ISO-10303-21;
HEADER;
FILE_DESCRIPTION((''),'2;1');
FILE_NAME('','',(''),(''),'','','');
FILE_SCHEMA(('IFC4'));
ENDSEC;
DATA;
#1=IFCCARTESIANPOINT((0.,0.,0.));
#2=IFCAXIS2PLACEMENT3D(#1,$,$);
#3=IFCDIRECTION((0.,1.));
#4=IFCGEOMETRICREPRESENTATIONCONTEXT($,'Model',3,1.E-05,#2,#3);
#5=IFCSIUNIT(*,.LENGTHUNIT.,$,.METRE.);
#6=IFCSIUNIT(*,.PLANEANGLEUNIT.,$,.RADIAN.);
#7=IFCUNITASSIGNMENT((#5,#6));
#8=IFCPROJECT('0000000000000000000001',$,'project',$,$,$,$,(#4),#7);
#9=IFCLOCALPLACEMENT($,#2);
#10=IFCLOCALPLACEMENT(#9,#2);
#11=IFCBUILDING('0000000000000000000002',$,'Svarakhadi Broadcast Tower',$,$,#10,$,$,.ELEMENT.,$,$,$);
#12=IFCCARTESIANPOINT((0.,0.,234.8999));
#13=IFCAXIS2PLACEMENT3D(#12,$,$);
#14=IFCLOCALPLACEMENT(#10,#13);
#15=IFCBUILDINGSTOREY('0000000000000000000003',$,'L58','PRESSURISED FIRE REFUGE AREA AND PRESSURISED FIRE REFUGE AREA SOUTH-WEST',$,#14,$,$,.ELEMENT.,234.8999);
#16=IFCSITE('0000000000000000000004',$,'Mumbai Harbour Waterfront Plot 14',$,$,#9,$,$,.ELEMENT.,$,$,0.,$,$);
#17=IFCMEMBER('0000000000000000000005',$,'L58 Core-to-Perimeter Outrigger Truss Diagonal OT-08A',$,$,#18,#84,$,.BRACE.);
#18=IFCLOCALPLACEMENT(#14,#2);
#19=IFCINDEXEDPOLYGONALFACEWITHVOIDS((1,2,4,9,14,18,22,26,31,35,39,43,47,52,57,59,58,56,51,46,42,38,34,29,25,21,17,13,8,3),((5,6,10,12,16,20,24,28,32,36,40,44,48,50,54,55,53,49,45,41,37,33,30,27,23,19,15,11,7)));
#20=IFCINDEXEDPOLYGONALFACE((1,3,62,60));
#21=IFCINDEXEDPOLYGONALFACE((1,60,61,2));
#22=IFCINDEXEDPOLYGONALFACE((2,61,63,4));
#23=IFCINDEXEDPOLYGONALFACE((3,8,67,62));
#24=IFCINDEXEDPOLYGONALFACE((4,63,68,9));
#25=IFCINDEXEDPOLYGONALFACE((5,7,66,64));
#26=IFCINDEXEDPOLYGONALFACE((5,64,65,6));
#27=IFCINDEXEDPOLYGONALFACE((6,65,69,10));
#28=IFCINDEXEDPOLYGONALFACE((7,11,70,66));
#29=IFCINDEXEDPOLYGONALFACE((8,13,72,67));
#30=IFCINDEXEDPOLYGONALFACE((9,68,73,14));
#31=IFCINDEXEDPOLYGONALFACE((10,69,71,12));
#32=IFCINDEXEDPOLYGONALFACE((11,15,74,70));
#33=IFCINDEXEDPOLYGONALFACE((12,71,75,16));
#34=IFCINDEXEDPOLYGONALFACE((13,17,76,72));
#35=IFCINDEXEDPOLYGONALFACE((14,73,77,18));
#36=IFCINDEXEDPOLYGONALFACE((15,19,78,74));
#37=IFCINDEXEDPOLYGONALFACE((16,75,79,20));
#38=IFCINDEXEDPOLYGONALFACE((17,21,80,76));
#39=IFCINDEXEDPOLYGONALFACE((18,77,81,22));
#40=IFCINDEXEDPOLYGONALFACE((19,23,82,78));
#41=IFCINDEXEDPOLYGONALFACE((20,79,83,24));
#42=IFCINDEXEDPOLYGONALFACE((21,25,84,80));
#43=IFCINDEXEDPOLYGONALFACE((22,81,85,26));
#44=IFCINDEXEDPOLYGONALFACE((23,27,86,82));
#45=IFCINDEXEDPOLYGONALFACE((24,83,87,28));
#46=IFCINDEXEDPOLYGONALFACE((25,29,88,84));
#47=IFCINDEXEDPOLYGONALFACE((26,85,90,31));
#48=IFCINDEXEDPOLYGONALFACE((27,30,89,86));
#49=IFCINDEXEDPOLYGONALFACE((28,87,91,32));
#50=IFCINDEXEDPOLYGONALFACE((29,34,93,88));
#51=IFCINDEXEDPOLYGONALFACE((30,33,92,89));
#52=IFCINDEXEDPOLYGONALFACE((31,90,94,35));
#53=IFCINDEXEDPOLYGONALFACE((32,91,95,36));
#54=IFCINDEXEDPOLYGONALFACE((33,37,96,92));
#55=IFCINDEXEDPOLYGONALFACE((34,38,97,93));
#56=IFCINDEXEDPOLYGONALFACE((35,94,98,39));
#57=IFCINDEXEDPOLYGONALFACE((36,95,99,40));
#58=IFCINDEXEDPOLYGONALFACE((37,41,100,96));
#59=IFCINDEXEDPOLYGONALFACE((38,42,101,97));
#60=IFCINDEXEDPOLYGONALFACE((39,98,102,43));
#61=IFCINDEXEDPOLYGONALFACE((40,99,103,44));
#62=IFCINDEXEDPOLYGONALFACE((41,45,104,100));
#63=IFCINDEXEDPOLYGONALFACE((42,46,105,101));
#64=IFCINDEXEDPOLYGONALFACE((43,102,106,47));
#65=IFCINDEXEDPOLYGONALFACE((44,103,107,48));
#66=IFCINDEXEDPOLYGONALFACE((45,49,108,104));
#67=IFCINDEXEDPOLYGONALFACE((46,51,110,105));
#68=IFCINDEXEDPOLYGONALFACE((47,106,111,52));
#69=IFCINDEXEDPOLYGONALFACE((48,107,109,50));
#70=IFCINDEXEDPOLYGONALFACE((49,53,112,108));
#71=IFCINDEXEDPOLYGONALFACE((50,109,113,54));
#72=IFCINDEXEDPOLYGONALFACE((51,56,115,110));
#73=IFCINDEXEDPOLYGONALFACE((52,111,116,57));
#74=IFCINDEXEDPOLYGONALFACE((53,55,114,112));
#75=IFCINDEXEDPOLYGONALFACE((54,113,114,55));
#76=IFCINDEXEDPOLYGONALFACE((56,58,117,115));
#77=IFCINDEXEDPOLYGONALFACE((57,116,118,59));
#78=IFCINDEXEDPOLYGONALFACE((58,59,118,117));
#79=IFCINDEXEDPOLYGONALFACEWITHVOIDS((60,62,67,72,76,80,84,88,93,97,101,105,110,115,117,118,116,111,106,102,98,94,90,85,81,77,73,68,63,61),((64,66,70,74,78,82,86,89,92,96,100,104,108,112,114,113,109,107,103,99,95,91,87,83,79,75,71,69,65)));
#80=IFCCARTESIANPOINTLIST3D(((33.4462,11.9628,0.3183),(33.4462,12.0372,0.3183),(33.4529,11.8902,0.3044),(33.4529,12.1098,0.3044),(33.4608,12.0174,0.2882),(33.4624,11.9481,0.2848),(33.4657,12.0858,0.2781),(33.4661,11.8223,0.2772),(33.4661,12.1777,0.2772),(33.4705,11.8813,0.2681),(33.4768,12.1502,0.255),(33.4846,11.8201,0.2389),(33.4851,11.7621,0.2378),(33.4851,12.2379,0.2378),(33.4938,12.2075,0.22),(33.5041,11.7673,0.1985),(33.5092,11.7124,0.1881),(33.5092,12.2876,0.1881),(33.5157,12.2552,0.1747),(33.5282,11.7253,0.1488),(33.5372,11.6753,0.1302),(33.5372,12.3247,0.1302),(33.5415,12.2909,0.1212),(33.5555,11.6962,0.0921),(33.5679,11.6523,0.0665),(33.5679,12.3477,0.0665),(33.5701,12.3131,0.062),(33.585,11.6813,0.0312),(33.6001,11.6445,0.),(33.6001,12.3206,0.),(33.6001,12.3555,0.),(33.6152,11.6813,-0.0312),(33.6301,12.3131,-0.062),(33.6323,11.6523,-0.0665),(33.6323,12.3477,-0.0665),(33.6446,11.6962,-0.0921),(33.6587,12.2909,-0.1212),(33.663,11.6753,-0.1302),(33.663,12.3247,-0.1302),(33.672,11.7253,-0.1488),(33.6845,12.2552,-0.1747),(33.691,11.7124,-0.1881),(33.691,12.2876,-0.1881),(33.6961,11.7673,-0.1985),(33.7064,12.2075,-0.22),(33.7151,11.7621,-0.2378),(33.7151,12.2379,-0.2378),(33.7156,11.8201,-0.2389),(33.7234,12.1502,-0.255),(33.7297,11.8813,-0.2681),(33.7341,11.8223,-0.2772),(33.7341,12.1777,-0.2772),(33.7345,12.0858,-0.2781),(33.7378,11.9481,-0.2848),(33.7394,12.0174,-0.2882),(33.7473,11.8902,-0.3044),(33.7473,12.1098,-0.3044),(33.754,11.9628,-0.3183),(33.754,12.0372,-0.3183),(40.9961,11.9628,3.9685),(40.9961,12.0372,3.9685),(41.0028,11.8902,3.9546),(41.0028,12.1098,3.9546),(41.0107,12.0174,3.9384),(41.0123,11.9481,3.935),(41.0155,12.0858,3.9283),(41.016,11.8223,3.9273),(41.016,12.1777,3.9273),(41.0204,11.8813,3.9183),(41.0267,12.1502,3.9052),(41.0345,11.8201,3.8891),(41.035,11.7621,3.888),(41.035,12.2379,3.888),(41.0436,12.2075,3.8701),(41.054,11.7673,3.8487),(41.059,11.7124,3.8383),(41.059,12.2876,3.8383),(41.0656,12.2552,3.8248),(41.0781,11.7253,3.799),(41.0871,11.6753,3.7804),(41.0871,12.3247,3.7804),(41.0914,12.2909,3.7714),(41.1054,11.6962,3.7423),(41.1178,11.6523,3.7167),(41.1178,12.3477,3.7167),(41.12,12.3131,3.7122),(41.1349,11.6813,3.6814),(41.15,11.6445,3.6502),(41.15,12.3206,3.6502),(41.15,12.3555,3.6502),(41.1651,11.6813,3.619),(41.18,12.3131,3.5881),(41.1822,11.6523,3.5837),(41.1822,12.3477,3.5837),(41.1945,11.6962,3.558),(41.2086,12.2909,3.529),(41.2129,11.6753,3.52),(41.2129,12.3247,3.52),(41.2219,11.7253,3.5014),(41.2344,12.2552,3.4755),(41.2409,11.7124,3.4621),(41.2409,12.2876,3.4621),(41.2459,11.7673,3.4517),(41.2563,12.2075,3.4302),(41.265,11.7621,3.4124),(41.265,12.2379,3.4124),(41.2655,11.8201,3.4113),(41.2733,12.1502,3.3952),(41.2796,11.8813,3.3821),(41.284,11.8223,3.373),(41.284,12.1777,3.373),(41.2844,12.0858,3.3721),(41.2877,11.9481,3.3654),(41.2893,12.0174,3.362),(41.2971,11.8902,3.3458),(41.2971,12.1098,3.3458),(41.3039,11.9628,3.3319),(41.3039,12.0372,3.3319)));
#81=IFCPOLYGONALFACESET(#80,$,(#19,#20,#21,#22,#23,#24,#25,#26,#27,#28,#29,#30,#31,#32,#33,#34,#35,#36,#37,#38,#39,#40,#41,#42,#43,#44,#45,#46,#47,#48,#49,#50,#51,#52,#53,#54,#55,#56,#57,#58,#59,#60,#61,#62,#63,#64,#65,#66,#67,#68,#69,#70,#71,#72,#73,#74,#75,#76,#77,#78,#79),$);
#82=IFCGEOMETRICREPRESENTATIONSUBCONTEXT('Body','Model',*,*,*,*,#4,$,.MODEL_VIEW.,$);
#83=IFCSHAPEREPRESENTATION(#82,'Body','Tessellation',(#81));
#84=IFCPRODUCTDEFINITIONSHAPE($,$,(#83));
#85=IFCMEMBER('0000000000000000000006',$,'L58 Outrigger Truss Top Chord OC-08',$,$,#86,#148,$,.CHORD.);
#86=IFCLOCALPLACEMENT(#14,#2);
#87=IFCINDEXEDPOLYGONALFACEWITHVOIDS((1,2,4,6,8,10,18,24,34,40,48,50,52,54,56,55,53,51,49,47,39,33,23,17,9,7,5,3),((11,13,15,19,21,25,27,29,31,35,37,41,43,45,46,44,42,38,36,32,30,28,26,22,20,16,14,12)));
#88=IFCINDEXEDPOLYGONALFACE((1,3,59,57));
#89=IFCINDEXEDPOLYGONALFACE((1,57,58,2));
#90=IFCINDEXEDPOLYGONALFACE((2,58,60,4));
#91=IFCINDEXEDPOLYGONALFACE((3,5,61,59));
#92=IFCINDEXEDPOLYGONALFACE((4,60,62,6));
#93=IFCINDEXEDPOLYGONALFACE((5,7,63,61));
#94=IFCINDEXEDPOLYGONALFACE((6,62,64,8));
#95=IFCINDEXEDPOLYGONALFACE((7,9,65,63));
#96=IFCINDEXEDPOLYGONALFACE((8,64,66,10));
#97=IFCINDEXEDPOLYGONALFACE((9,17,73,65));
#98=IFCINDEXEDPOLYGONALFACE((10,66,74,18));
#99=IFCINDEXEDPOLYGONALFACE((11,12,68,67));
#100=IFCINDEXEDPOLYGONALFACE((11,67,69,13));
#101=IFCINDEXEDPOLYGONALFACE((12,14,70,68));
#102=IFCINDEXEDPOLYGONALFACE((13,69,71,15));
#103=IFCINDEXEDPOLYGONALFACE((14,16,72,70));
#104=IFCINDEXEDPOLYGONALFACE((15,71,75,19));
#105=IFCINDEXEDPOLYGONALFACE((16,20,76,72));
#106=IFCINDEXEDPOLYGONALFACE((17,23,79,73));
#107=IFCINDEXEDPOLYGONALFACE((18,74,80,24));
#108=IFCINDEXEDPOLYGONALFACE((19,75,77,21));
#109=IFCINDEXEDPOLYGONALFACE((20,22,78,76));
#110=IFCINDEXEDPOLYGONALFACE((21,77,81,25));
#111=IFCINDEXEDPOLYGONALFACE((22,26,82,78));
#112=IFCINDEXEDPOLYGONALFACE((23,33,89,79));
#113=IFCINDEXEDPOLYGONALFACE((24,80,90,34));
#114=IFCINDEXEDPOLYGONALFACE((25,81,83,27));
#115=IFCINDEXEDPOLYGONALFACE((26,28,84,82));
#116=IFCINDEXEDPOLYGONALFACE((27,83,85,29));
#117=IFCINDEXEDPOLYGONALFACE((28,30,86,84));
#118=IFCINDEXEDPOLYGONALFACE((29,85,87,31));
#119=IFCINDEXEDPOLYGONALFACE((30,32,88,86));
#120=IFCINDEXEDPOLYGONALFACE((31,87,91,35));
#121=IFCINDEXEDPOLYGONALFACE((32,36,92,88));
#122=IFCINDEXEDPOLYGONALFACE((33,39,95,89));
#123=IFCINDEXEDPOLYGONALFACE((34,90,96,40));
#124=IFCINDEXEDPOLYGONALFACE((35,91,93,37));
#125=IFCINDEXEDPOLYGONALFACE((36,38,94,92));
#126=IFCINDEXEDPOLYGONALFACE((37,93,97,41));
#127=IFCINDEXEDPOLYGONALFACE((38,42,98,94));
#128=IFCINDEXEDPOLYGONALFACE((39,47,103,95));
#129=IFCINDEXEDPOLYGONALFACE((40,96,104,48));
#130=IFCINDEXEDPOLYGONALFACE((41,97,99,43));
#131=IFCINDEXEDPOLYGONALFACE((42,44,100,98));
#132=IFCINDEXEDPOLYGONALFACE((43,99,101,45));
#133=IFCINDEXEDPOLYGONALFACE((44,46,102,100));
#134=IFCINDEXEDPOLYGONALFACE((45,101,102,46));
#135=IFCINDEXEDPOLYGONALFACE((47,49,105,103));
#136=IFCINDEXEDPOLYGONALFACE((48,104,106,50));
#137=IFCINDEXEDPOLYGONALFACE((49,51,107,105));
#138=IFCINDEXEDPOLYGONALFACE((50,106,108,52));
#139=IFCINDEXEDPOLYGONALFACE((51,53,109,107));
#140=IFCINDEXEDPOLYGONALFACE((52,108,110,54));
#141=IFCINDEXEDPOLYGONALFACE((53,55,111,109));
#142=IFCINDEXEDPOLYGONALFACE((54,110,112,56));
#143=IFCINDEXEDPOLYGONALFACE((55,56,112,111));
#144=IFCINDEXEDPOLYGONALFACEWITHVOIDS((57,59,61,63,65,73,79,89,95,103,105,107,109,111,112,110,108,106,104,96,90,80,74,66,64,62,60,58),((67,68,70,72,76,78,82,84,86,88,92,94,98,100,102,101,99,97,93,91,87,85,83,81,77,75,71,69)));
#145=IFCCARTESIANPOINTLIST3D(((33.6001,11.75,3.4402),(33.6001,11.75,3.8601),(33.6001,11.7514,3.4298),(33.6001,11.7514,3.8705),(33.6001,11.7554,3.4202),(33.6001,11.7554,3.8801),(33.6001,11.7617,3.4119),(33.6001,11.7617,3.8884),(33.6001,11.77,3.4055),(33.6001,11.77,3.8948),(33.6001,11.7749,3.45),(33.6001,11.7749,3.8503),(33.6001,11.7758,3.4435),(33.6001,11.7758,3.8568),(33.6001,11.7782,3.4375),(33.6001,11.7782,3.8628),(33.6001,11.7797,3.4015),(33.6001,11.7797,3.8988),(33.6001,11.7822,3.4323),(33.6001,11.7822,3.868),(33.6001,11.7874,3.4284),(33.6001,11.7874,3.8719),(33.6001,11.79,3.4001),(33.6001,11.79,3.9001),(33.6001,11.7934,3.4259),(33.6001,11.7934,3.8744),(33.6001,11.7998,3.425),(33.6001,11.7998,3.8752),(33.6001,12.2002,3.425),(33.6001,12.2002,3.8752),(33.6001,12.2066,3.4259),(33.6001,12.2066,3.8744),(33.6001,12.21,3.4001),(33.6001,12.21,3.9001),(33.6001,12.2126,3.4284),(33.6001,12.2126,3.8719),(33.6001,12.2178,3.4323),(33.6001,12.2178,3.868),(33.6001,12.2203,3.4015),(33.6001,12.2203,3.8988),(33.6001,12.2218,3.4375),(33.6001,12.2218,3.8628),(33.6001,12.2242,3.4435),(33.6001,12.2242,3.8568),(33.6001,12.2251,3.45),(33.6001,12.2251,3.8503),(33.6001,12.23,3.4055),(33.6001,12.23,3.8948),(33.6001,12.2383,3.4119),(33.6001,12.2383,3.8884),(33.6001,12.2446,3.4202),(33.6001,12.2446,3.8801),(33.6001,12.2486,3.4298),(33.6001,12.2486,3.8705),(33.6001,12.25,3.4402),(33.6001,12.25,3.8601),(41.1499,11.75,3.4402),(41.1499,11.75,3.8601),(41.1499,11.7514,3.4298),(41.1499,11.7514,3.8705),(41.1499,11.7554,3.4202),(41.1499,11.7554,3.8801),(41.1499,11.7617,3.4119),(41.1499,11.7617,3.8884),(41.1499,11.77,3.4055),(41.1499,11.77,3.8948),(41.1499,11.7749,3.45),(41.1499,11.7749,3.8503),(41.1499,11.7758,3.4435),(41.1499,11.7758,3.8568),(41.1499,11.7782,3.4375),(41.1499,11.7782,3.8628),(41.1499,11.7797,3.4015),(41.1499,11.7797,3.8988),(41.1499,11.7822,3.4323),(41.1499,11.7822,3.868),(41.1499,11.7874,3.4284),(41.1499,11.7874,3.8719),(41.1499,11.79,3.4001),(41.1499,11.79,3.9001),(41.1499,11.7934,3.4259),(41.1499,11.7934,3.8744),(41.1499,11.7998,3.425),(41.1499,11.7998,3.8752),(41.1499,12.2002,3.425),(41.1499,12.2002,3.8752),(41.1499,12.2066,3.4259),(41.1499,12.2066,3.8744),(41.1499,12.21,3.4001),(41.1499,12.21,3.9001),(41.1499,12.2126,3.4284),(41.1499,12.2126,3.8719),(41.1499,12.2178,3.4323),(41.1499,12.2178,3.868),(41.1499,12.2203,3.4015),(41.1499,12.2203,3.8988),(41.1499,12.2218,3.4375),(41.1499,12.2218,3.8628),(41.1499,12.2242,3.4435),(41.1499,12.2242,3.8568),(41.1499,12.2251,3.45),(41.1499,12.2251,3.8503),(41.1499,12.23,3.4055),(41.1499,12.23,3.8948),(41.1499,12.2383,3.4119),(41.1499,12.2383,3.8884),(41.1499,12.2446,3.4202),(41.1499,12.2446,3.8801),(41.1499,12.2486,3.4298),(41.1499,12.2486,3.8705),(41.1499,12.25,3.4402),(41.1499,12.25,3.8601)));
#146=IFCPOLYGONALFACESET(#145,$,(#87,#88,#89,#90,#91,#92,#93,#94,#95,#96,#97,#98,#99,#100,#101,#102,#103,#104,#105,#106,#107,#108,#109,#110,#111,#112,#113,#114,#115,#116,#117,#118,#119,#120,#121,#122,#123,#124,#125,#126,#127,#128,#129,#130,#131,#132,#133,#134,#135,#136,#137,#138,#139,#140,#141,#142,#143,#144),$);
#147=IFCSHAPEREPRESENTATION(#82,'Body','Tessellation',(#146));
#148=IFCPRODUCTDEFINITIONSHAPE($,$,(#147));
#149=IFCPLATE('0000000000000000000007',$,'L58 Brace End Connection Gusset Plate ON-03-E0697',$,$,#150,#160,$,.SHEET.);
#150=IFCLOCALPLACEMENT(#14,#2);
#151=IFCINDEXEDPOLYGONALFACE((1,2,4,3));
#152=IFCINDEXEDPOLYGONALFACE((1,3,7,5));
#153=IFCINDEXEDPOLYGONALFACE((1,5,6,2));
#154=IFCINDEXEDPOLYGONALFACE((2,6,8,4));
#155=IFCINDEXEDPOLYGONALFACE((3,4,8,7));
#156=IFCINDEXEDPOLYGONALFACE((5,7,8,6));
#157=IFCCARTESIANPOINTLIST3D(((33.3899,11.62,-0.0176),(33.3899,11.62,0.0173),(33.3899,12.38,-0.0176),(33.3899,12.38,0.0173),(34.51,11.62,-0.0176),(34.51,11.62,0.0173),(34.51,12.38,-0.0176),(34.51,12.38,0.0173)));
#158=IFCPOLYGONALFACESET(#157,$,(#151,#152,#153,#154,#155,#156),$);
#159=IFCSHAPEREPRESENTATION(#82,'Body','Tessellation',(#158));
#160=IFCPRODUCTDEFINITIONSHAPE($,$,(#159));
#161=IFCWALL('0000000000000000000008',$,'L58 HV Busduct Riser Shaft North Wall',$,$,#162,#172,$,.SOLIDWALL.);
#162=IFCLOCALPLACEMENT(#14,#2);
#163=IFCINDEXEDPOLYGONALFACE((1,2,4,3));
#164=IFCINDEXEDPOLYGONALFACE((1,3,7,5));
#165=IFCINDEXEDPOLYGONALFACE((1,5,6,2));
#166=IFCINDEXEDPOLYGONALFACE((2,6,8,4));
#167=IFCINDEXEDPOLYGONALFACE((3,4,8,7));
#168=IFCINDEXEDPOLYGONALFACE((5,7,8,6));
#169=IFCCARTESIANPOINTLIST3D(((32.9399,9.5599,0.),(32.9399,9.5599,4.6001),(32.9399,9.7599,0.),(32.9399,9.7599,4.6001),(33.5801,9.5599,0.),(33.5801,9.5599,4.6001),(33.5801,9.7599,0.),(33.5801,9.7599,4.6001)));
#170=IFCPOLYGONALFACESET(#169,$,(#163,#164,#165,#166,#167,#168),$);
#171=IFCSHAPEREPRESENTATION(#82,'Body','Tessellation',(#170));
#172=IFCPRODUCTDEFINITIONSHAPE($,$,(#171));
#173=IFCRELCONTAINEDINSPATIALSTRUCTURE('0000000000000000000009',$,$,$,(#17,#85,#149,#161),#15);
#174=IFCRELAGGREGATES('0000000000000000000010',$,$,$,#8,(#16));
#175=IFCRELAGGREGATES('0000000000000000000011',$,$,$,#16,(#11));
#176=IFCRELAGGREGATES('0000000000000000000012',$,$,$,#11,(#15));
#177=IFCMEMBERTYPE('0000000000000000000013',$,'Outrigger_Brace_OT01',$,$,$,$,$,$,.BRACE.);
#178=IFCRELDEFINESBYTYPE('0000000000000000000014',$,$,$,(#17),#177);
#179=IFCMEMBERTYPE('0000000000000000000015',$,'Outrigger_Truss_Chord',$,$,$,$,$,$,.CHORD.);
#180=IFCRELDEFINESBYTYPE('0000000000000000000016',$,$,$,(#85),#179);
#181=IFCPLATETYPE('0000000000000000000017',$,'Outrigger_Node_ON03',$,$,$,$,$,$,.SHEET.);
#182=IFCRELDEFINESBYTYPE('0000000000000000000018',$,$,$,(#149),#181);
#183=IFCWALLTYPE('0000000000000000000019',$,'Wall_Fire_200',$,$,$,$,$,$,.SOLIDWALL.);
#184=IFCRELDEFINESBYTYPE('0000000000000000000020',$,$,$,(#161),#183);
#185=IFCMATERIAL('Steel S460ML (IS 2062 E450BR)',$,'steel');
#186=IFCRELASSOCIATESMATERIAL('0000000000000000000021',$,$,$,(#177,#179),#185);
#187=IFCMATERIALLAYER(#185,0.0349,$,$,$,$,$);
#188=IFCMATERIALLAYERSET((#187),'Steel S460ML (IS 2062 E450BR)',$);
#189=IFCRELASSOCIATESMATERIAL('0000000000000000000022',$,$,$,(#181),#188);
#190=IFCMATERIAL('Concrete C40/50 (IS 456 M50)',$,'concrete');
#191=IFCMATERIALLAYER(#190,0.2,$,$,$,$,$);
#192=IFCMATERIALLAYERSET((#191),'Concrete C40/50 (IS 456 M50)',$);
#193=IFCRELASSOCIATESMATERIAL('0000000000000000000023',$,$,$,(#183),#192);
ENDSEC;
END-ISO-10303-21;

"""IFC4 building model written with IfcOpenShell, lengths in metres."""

from ifc_helpers import new_model, si_unit, direction, frame, frame_2d, origin, origin_2d, place, context, subcontext, project, spatial, rectangle, hollow_rectangle, hollow_circle, extrude, material, layer, layer_set, material_profile, profile_set, type_object, element, save


model = new_model("IFC4")

# Units and contexts
model_context = context("Model", 3, precision=1e-05, world=origin(), true_north=direction((0.0, 1.0)))
body_context = subcontext(model_context, "Body", "Model", "MODEL_VIEW")
ifc_project = project(units=[si_unit("LENGTHUNIT", "METRE"), si_unit("PLANEANGLEUNIT", "RADIAN")], contexts=[model_context])

# Site, building, storey
site_placement = place(None, origin())
site = spatial("IfcSite", under=ifc_project, at=site_placement, Name="Mumbai Harbour Waterfront Plot 14", CompositionType="ELEMENT", RefElevation=0.0)
building_placement = place(site_placement, origin())
building = spatial("IfcBuilding", under=site, at=building_placement, Name="Svarakhadi Broadcast Tower", CompositionType="ELEMENT")
storey_placement = place(building_placement, frame((0.0, 0.0, 234.8999)))
storey = spatial("IfcBuildingStorey", under=building, at=storey_placement, Name="L58", Description="PRESSURISED FIRE REFUGE AREA AND PRESSURISED FIRE REFUGE AREA SOUTH-WEST", CompositionType="ELEMENT", Elevation=234.8999)

# Shared definitions
ifc_material_1 = material(Name="Steel S460ML (IS 2062 E450BR)", Category="steel")

# Members
ifc_material_profile_1 = material_profile(ifc_material_1, hollow_circle(Radius=0.3555, WallThickness=0.0349, at=origin_2d()), Name="CHS 711x35")
ifc_profile_set_1 = profile_set([ifc_material_profile_1], Name="Steel S460ML (IS 2062 E450BR)")
member_type_1 = type_object("IfcMemberType", Name="Outrigger_Brace_OT01", PredefinedType="BRACE", material=ifc_profile_set_1)
member_1_placement = place(storey_placement, frame((33.6001, 12.0, 0.0), z_axis=(0.900299, 0.0, 0.435272), x_axis=(0.0, 1.0, 0.0)))
element("IfcMember", 1, at=member_1_placement, inside=storey, type_object=member_type_1, Name="L58 Core-to-Perimeter Outrigger Truss Diagonal OT-08A", PredefinedType="BRACE", context=body_context, shape_type="SweptSolid", body=[
    extrude(hollow_circle(Radius=0.3555, WallThickness=0.0349, at=origin_2d()), origin(), (0.0, 0.0, 1.0), 8.386),
])
ifc_material_profile_2 = material_profile(ifc_material_1, hollow_rectangle(XDim=0.5, YDim=0.5, WallThickness=0.0249, InnerFilletRadius=0.0249, OuterFilletRadius=0.04, at=origin_2d()), Name="SHS 500x500x25")
ifc_profile_set_2 = profile_set([ifc_material_profile_2], Name="Steel S460ML (IS 2062 E450BR)")
member_type_2 = type_object("IfcMemberType", Name="Outrigger_Truss_Chord", PredefinedType="CHORD", material=ifc_profile_set_2)
member_2_placement = place(storey_placement, frame((33.6001, 12.0, 3.6501), z_axis=(1.0, 0.0, 0.0), x_axis=(0.0, 1.0, 0.0)))
element("IfcMember", 2, at=member_2_placement, inside=storey, type_object=member_type_2, Name="L58 Outrigger Truss Top Chord OC-08", PredefinedType="CHORD", context=body_context, shape_type="SweptSolid", body=[
    extrude(hollow_rectangle(XDim=0.5, YDim=0.5, WallThickness=0.0249, InnerFilletRadius=0.0249, OuterFilletRadius=0.04, at=origin_2d()), origin(), (0.0, 0.0, 1.0), 7.5498),
])

# Plate
ifc_layer_1 = layer(ifc_material_1, 0.0349)
ifc_layer_set_1 = layer_set([ifc_layer_1], Name="Steel S460ML (IS 2062 E450BR)")
plate_type = type_object("IfcPlateType", Name="Outrigger_Node_ON03", PredefinedType="SHEET", material=ifc_layer_set_1)
plate_placement = place(storey_placement, frame((33.95, 12.0, -0.0176), z_axis=(0.0, 0.0, 1.0), x_axis=(1.0, 0.0, 0.0)))
element("IfcPlate", 3, at=plate_placement, inside=storey, type_object=plate_type, Name="L58 Brace End Connection Gusset Plate ON-03-E0697", PredefinedType="SHEET", context=body_context, shape_type="SweptSolid", body=[
    extrude(rectangle(XDim=1.1201, YDim=0.76, at=origin_2d()), origin(), (0.0, 0.0, 1.0), 0.0349),
])

# Wall
ifc_material_2 = material(Name="Concrete C40/50 (IS 456 M50)", Category="concrete")
ifc_layer_2 = layer(ifc_material_2, 0.2)
ifc_layer_set_2 = layer_set([ifc_layer_2], Name="Concrete C40/50 (IS 456 M50)")
wall_type_1 = type_object("IfcWallType", Name="Wall_Fire_200", PredefinedType="SOLIDWALL", material=ifc_layer_set_2)
wall_1_placement = place(storey_placement, frame((32.9399, 9.6599, 0.0), z_axis=(0.0, 0.0, 1.0), x_axis=(1.0, 0.0, 0.0)))
element("IfcWall", 4, at=wall_1_placement, inside=storey, type_object=wall_type_1, Name="L58 HV Busduct Riser Shaft North Wall", PredefinedType="SOLIDWALL", context=body_context, shape_type="SweptSolid", body=[
    extrude(rectangle(XDim=0.6401, YDim=0.2, at=frame_2d((0.3201, 0.0))), origin(), (0.0, 0.0, 1.0), 4.6001),
])

save(model, "model.ifc")
